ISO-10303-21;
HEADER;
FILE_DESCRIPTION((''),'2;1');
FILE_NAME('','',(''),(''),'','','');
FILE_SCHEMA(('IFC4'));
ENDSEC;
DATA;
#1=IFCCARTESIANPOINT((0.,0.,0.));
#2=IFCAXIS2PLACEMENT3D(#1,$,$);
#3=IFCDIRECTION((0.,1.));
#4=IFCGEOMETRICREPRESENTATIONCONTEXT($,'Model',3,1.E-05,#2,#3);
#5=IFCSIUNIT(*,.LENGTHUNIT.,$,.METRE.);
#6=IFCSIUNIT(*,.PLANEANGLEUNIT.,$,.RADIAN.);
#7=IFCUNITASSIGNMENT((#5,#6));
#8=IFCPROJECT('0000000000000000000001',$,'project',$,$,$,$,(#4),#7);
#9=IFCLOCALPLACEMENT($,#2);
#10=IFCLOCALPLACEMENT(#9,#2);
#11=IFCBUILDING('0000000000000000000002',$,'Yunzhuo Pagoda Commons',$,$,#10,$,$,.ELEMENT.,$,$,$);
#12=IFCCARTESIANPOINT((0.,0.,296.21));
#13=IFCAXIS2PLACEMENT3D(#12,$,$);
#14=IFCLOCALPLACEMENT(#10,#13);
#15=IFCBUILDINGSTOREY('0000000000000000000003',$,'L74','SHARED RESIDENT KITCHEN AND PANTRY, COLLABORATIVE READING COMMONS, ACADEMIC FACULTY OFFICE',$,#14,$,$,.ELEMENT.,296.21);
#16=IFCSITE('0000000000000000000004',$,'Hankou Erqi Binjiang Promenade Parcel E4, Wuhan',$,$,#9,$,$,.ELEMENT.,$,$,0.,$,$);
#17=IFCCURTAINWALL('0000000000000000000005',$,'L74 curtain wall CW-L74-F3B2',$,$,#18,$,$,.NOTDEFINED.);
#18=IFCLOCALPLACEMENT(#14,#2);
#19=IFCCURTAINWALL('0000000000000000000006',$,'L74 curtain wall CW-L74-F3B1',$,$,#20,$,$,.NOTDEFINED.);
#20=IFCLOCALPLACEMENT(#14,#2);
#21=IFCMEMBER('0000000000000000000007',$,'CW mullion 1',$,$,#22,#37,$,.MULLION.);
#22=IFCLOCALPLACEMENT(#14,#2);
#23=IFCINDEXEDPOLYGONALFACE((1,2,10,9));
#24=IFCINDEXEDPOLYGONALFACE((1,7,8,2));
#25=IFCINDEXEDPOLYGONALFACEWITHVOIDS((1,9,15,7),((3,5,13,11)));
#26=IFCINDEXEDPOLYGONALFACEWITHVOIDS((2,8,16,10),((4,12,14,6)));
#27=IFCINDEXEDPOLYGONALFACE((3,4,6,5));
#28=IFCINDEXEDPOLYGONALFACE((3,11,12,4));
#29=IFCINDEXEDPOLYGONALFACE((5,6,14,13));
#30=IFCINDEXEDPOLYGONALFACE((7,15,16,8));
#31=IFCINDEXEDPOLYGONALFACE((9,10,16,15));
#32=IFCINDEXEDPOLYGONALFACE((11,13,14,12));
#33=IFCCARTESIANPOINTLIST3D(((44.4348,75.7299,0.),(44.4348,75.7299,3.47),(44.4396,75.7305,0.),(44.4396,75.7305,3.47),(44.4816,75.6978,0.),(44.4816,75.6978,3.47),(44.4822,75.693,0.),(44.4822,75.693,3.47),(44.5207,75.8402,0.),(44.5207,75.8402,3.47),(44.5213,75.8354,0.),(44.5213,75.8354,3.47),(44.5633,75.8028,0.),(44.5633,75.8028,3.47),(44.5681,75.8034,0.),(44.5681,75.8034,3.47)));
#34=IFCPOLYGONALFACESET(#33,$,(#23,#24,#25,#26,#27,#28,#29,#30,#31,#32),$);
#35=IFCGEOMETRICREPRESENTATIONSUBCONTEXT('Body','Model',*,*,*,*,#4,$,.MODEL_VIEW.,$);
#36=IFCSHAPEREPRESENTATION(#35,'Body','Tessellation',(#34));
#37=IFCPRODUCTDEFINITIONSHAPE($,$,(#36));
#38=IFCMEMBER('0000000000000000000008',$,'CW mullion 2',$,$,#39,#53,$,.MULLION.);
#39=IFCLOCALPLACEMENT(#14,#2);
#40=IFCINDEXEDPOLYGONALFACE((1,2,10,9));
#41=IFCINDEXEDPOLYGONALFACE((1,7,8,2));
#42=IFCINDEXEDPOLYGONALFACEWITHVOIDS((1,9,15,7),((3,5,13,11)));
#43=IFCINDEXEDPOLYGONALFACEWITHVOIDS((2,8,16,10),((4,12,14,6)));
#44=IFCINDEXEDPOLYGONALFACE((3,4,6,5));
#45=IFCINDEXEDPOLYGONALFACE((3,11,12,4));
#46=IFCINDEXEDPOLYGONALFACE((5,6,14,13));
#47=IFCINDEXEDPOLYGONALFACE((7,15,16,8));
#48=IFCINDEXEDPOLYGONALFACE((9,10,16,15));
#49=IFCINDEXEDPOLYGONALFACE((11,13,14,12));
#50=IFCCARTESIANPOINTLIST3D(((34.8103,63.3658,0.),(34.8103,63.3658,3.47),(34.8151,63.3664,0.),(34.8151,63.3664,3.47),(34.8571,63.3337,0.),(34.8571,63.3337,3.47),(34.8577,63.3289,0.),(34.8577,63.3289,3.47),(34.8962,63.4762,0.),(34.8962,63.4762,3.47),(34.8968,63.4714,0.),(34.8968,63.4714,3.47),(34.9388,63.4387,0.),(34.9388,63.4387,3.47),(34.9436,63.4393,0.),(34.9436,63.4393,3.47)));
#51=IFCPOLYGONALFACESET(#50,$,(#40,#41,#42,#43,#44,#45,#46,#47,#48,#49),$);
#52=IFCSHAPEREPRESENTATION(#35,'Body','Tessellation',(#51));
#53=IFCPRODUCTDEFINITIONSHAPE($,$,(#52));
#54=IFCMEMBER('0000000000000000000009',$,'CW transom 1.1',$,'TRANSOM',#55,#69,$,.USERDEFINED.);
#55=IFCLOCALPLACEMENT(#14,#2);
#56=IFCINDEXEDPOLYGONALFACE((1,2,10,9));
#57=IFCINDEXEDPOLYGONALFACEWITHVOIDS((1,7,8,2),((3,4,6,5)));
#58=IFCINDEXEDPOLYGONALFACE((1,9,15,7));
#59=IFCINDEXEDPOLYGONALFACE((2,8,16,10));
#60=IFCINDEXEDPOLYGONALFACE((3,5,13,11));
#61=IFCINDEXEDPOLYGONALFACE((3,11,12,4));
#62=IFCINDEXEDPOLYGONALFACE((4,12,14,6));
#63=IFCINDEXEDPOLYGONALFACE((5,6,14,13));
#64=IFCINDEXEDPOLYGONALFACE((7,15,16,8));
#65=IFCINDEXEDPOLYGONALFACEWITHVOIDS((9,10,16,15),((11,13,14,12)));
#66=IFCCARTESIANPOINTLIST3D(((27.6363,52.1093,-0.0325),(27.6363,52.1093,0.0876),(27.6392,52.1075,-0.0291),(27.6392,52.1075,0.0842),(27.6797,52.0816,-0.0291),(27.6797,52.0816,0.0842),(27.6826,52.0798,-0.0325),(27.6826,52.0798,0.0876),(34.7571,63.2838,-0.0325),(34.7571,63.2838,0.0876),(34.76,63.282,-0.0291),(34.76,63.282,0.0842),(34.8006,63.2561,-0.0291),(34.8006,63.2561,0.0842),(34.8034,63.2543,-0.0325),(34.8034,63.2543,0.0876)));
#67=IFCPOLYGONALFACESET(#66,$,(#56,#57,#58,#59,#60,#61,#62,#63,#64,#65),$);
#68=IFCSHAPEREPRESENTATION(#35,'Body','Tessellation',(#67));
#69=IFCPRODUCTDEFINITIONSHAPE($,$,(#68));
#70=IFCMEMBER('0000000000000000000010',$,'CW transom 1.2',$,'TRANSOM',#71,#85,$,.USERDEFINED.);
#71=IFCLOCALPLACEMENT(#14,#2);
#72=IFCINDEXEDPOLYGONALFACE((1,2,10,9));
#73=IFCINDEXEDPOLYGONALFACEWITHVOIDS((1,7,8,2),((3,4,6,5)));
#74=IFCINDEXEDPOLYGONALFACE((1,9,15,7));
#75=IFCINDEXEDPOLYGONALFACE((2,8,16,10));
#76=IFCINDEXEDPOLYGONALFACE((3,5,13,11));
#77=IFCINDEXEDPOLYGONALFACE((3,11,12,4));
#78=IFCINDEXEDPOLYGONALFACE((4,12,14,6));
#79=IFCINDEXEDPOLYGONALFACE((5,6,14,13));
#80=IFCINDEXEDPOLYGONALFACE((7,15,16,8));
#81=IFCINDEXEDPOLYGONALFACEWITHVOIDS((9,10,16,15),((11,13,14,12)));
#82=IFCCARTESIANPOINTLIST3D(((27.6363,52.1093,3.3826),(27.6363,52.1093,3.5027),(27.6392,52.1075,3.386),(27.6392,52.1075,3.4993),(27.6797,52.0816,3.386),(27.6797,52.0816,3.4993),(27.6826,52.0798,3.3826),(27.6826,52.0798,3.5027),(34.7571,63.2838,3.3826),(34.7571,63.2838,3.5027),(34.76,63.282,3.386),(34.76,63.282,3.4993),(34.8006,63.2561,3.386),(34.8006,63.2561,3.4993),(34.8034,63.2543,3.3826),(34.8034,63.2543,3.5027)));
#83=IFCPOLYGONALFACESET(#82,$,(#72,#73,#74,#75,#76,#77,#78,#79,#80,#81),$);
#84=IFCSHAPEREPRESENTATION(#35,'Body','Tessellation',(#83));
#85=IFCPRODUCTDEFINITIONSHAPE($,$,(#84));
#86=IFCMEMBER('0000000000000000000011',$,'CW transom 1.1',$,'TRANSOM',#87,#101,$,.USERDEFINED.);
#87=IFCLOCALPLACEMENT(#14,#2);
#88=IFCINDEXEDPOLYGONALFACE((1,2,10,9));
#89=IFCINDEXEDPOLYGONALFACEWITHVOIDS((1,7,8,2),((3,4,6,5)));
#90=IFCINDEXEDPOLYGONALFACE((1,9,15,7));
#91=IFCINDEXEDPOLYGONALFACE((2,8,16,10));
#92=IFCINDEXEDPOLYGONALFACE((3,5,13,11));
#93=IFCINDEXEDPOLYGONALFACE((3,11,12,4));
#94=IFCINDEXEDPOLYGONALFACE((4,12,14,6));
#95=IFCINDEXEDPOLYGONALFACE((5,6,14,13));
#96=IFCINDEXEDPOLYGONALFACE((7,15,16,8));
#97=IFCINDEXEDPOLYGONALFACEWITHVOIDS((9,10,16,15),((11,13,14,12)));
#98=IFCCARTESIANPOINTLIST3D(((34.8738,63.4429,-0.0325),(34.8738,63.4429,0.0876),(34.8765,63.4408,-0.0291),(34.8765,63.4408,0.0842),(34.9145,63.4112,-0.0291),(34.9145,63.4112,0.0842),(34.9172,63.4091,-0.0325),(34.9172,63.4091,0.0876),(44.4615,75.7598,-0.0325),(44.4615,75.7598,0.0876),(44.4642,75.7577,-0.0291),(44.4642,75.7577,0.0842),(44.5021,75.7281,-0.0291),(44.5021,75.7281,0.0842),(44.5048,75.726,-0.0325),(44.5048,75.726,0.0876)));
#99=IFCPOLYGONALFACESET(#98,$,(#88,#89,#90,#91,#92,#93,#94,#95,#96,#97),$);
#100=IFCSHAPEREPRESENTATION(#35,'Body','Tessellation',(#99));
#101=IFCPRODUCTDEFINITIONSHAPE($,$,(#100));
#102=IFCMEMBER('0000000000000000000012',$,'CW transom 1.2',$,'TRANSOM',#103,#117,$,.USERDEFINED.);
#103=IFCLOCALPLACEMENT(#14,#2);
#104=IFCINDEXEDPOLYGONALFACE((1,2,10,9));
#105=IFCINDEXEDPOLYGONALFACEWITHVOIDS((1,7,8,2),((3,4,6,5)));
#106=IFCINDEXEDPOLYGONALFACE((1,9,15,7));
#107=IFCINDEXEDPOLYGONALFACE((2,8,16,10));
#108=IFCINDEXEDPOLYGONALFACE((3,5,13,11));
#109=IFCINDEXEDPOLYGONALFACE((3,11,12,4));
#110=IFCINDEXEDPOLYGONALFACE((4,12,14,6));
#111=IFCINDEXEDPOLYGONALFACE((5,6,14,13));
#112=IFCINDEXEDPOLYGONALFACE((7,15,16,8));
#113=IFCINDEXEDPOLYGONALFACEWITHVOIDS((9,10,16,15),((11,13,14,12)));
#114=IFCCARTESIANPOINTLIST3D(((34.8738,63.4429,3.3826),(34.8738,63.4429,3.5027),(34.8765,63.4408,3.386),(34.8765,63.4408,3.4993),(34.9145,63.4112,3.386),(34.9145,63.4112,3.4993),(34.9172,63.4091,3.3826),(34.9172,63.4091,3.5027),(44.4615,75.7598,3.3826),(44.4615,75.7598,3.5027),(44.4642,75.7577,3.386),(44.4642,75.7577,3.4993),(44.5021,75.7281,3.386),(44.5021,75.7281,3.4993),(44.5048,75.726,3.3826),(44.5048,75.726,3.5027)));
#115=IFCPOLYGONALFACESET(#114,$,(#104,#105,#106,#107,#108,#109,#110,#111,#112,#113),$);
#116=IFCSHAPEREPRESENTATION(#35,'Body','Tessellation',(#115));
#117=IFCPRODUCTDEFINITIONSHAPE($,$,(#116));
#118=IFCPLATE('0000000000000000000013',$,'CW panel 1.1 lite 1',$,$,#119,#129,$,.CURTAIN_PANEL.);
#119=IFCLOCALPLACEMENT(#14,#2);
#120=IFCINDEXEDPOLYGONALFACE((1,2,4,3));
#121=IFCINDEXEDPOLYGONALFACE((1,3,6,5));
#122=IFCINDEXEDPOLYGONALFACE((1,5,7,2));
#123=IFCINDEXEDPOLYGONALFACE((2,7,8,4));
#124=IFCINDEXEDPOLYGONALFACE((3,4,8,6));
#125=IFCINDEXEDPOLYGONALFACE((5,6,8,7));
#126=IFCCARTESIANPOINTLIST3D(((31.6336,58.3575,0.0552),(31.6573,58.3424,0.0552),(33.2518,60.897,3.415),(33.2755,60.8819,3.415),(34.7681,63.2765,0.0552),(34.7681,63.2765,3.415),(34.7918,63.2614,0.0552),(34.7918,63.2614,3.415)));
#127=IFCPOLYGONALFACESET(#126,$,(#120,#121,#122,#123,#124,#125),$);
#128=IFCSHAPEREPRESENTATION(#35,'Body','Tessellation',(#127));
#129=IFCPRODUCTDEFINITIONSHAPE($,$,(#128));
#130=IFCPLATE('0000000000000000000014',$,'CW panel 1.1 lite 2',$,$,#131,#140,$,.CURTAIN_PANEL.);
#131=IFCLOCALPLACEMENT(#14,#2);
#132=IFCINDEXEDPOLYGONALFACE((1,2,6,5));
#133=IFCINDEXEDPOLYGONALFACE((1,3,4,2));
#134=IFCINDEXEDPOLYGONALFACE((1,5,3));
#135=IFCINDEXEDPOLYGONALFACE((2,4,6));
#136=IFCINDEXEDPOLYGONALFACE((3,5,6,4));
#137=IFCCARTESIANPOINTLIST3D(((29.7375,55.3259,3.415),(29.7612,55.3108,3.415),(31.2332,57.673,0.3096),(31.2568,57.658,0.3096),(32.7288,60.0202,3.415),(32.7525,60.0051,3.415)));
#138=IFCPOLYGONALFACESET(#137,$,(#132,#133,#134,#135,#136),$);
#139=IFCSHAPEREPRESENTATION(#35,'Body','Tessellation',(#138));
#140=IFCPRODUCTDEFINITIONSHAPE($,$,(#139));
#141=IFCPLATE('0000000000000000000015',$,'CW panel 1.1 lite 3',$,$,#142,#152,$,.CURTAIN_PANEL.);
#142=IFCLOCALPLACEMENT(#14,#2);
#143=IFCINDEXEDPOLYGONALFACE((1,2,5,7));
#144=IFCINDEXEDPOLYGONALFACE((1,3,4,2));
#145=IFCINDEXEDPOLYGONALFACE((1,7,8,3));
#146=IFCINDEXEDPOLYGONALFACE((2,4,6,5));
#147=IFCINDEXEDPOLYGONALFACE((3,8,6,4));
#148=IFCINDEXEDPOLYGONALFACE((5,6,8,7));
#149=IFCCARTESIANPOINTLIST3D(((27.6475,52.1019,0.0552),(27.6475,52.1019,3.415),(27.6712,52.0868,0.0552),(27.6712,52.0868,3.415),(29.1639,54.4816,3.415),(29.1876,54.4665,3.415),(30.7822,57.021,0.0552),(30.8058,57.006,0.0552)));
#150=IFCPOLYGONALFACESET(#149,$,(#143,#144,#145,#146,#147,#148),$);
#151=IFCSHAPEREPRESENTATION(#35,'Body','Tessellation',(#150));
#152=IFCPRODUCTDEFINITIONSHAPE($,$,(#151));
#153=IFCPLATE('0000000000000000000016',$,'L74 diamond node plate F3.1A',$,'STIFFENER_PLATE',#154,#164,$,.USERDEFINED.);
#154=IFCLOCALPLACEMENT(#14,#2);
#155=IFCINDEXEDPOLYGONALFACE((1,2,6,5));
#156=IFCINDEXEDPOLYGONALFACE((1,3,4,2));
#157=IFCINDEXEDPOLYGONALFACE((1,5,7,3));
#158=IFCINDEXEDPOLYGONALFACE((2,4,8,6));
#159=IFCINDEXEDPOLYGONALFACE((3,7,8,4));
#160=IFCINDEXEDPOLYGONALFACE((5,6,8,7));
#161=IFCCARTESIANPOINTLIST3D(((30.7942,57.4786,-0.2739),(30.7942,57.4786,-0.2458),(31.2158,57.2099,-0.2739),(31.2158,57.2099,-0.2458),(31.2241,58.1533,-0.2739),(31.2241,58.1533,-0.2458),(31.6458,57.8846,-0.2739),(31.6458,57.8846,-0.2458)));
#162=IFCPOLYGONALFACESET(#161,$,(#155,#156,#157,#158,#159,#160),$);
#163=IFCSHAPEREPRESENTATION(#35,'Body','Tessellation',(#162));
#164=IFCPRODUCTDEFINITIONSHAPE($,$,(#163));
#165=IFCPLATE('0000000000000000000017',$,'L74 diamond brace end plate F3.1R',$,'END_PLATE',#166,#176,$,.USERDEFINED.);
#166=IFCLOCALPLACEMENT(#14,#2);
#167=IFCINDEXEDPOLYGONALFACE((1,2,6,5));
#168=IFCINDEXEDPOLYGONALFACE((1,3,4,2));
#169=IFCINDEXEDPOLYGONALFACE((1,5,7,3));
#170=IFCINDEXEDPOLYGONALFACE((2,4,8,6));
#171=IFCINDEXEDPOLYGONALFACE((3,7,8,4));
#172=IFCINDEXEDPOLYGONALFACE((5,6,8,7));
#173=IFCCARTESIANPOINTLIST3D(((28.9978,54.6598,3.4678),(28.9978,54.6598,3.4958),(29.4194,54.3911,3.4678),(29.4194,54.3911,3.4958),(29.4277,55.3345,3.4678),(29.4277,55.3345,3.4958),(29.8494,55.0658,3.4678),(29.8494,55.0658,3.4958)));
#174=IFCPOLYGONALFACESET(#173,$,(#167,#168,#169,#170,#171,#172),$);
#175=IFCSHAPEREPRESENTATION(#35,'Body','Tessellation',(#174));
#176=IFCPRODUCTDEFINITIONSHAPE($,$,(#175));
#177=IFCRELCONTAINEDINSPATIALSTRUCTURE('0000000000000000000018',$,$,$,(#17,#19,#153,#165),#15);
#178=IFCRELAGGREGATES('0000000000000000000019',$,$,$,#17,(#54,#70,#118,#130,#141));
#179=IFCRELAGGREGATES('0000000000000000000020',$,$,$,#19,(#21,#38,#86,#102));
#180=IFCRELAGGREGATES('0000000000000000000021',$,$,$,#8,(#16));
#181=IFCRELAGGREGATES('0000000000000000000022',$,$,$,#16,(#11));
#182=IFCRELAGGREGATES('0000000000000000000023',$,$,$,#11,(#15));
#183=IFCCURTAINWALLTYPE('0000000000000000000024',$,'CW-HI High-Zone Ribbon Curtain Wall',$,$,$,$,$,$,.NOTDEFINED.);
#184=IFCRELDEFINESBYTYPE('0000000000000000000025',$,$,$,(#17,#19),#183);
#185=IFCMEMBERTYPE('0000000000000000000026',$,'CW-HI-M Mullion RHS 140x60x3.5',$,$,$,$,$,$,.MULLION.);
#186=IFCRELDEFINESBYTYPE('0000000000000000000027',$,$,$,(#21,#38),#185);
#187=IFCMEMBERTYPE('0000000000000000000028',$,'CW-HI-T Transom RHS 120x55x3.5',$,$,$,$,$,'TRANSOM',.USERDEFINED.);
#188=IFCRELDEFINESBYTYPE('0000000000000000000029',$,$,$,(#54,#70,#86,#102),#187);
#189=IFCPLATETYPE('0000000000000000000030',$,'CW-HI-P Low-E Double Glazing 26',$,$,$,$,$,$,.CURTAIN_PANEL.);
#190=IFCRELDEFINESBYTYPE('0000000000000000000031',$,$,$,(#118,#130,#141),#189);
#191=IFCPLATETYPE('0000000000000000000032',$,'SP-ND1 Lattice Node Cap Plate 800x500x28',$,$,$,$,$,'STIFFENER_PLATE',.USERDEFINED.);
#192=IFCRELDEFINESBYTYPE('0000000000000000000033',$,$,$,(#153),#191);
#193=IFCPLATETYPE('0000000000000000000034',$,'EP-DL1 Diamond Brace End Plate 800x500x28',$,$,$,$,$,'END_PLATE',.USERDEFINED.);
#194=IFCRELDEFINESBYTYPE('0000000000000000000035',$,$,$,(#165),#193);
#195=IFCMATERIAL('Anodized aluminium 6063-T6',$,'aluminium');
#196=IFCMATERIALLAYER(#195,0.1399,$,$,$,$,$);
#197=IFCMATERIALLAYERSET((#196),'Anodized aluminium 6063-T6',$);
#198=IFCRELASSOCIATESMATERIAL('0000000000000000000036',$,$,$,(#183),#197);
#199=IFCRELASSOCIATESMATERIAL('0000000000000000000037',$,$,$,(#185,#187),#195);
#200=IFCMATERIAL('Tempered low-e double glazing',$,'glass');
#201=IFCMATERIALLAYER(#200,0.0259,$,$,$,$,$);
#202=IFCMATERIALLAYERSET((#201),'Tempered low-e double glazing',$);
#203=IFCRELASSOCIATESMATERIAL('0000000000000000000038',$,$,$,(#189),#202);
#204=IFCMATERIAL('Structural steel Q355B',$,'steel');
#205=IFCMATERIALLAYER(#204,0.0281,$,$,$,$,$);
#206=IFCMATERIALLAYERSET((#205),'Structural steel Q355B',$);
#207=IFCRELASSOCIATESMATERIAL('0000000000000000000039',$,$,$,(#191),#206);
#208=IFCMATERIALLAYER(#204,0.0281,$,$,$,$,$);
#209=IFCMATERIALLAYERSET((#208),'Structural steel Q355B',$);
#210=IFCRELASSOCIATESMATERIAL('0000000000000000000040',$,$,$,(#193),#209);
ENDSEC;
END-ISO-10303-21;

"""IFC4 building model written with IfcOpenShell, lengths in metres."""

from ifc_helpers import new_model, si_unit, direction, frame, origin, origin_2d, place, context, subcontext, project, spatial, polyline, rectangle, hollow_rectangle, outline, extrude, source, transform, mapped, material, layer, layer_set, material_profile, profile_set, type_object, element, aggregate, save


model = new_model("IFC4")

# Units and contexts
model_context = context("Model", 3, precision=1e-05, world=origin(), true_north=direction((0.0, 1.0)))
body_context = subcontext(model_context, "Body", "Model", "MODEL_VIEW")
ifc_project = project(units=[si_unit("LENGTHUNIT", "METRE"), si_unit("PLANEANGLEUNIT", "RADIAN")], contexts=[model_context])

# Site, building, storey
site_placement = place(None, origin())
site = spatial("IfcSite", under=ifc_project, at=site_placement, Name="Hankou Erqi Binjiang Promenade Parcel E4, Wuhan", CompositionType="ELEMENT", RefElevation=0.0)
building_placement = place(site_placement, origin())
building = spatial("IfcBuilding", under=site, at=building_placement, Name="Yunzhuo Pagoda Commons", CompositionType="ELEMENT")
storey_placement = place(building_placement, frame((0.0, 0.0, 296.21)))
storey = spatial("IfcBuildingStorey", under=building, at=storey_placement, Name="L74", Description="SHARED RESIDENT KITCHEN AND PANTRY, COLLABORATIVE READING COMMONS, ACADEMIC FACULTY OFFICE", CompositionType="ELEMENT", Elevation=296.21)

# Shared definitions
ifc_material_1 = material(Name="Structural steel Q355B", Category="steel")

# Curtain wall
ifc_material_2 = material(Name="Anodized aluminium 6063-T6", Category="aluminium")
ifc_layer_1 = layer(ifc_material_2, 0.1399)
ifc_layer_set_1 = layer_set([ifc_layer_1], Name="Anodized aluminium 6063-T6")
curtain_wall_type = type_object("IfcCurtainWallType", Name="CW-HI High-Zone Ribbon Curtain Wall", PredefinedType="NOTDEFINED", material=ifc_layer_set_1)
curtain_wall_1_placement = place(storey_placement, origin())
curtain_wall_1 = element("IfcCurtainWall", 1, at=curtain_wall_1_placement, inside=storey, type_object=curtain_wall_type, Name="L74 curtain wall CW-L74-F3B2", PredefinedType="NOTDEFINED")
ifc_material_profile_1 = material_profile(ifc_material_2, hollow_rectangle(XDim=0.0601, YDim=0.1399, WallThickness=0.0034, at=origin_2d()), Name="Anodized aluminium 6063-T6")
ifc_profile_set_1 = profile_set([ifc_material_profile_1], Name="Anodized aluminium 6063-T6")
member_type_1 = type_object("IfcMemberType", Name="CW-HI-M Mullion RHS 140x60x3.5", PredefinedType="MULLION", material=ifc_profile_set_1)
shared_shape_1 = source(origin(), body_context, "Body", "SweptSolid", [
    extrude(hollow_rectangle(XDim=0.0601, YDim=0.1399, WallThickness=0.0034, at=origin_2d()), origin(), (0.0, 0.0, 1.0), 3.47),
])

# Curtain wall, members
curtain_wall_2_placement = place(storey_placement, origin())
curtain_wall_2 = element("IfcCurtainWall", 2, at=curtain_wall_2_placement, inside=storey, type_object=curtain_wall_type, Name="L74 curtain wall CW-L74-F3B1", PredefinedType="NOTDEFINED")
member_1_placement = place(storey_placement, frame((44.5015, 75.7666, 0.0), z_axis=(0.0, 0.0, 1.0), x_axis=(0.789103, -0.614261, 0.0)))
member_1 = element("IfcMember", 3, at=member_1_placement, type_object=member_type_1, Name="CW mullion 1", PredefinedType="MULLION", context=body_context, shape_type="MappedRepresentation", body=[
    mapped(shared_shape_1, transform((0.0, 0.0, 0.0), scale=1.0)),
])
member_2_placement = place(storey_placement, frame((34.877, 63.4026, 0.0), z_axis=(0.0, 0.0, 1.0), x_axis=(0.789103, -0.614261, 0.0)))
member_2 = element("IfcMember", 4, at=member_2_placement, type_object=member_type_1, Name="CW mullion 2", PredefinedType="MULLION", context=body_context, shape_type="MappedRepresentation", body=[
    mapped(shared_shape_1, transform((0.0, 0.0, 0.0), scale=1.0)),
])

# Members
ifc_material_profile_2 = material_profile(ifc_material_2, hollow_rectangle(XDim=0.0549, YDim=0.1201, WallThickness=0.0034, at=origin_2d()), Name="Anodized aluminium 6063-T6")
ifc_profile_set_2 = profile_set([ifc_material_profile_2], Name="Anodized aluminium 6063-T6")
member_type_2 = type_object("IfcMemberType", Name="CW-HI-T Transom RHS 120x55x3.5", ElementType="TRANSOM", PredefinedType="USERDEFINED", material=ifc_profile_set_2)
shared_shape_2 = source(origin(), body_context, "Body", "SweptSolid", [
    extrude(hollow_rectangle(XDim=0.0549, YDim=0.1201, WallThickness=0.0034, at=origin_2d()), origin(), (0.0, 0.0, 1.0), 13.2505),
])
member_3_placement = place(storey_placement, frame((34.7803, 63.269, 0.0276), z_axis=(-0.5374, -0.843328, 0.0), x_axis=(0.843328, -0.5374, 0.0)))
member_3 = element("IfcMember", 5, at=member_3_placement, type_object=member_type_2, Name="CW transom 1.1", ObjectType="TRANSOM", PredefinedType="USERDEFINED", context=body_context, shape_type="MappedRepresentation", body=[
    mapped(shared_shape_2, transform((0.0, 0.0, 0.0), scale=1.0)),
])
member_4_placement = place(storey_placement, frame((34.7803, 63.269, 3.4426), z_axis=(-0.5374, -0.843328, 0.0), x_axis=(0.843328, -0.5374, 0.0)))
member_4 = element("IfcMember", 6, at=member_4_placement, type_object=member_type_2, Name="CW transom 1.2", ObjectType="TRANSOM", PredefinedType="USERDEFINED", context=body_context, shape_type="MappedRepresentation", body=[
    mapped(shared_shape_2, transform((0.0, 0.0, 0.0), scale=1.0)),
])
shared_shape_3 = source(origin(), body_context, "Body", "SweptSolid", [
    extrude(hollow_rectangle(XDim=0.0549, YDim=0.1201, WallThickness=0.0034, at=origin_2d()), origin(), (0.0, 0.0, 1.0), 15.6086),
])
member_5_placement = place(storey_placement, frame((44.4832, 75.7429, 0.0276), z_axis=(-0.614254, -0.789109, 0.0), x_axis=(0.789109, -0.614254, 0.0)))
member_5 = element("IfcMember", 7, at=member_5_placement, type_object=member_type_2, Name="CW transom 1.1", ObjectType="TRANSOM", PredefinedType="USERDEFINED", context=body_context, shape_type="MappedRepresentation", body=[
    mapped(shared_shape_3, transform((0.0, 0.0, 0.0), scale=1.0)),
])
member_6_placement = place(storey_placement, frame((44.4832, 75.7429, 3.4426), z_axis=(-0.614254, -0.789109, 0.0), x_axis=(0.789109, -0.614254, 0.0)))
member_6 = element("IfcMember", 8, at=member_6_placement, type_object=member_type_2, Name="CW transom 1.2", ObjectType="TRANSOM", PredefinedType="USERDEFINED", context=body_context, shape_type="MappedRepresentation", body=[
    mapped(shared_shape_3, transform((0.0, 0.0, 0.0), scale=1.0)),
])

# Plates
ifc_material_3 = material(Name="Tempered low-e double glazing", Category="glass")
ifc_layer_2 = layer(ifc_material_3, 0.0259)
ifc_layer_set_2 = layer_set([ifc_layer_2], Name="Tempered low-e double glazing")
plate_type_1 = type_object("IfcPlateType", Name="CW-HI-P Low-E Double Glazing 26", PredefinedType="CURTAIN_PANEL", material=ifc_layer_set_2)
plate_1_placement = place(storey_placement, frame((33.2246, 60.802, 1.7351), z_axis=(-0.84333, 0.537397, 0.0), x_axis=(-0.537397, -0.84333, 0.0)))
plate_1 = element("IfcPlate", 9, at=plate_1_placement, type_object=plate_type_1, Name="CW panel 1.1 lite 1", PredefinedType="CURTAIN_PANEL", context=body_context, shape_type="SweptSolid", body=[
    extrude(outline(polyline([(-2.9163, -1.6799), (2.9165, -1.6799), (-0.0947, 1.6799), (-2.9163, 1.6799), (-2.9163, -1.6799)])), origin(), (0.0, 0.0, 1.0), 0.0281),
])
plate_2_placement = place(storey_placement, frame((31.2568, 57.658, 1.8623), z_axis=(-0.84333, 0.537397, 0.0), x_axis=(-0.537397, -0.84333, 0.0)))
plate_2 = element("IfcPlate", 10, at=plate_2_placement, type_object=plate_type_1, Name="CW panel 1.1 lite 2", PredefinedType="CURTAIN_PANEL", context=body_context, shape_type="SweptSolid", body=[
    extrude(outline(polyline([(-2.7832, 1.5527), (0.0, -1.5527), (2.7832, 1.5527), (-2.7832, 1.5527)])), origin(), (0.0, 0.0, 1.0), 0.0281),
])
plate_3_placement = place(storey_placement, frame((29.2385, 54.5464, 1.7351), z_axis=(-0.84333, 0.537397, 0.0), x_axis=(-0.537397, -0.84333, 0.0)))
plate_3 = element("IfcPlate", 11, at=plate_3_placement, type_object=plate_type_1, Name="CW panel 1.1 lite 3", PredefinedType="CURTAIN_PANEL", context=body_context, shape_type="SweptSolid", body=[
    extrude(outline(polyline([(-2.9165, -1.6799), (2.9165, -1.6799), (2.9165, 1.6799), (0.0947, 1.6799), (-2.9165, -1.6799)])), origin(), (0.0, 0.0, 1.0), 0.0281),
])
aggregate(curtain_wall_1, [member_3, member_4, plate_1, plate_2, plate_3])

# Plates
ifc_layer_3 = layer(ifc_material_1, 0.0281)
ifc_layer_set_3 = layer_set([ifc_layer_3], Name="Structural steel Q355B")
plate_type_2 = type_object("IfcPlateType", Name="SP-ND1 Lattice Node Cap Plate 800x500x28", ElementType="STIFFENER_PLATE", PredefinedType="USERDEFINED", material=ifc_layer_set_3)
shared_shape_4 = source(origin(), body_context, "Body", "SweptSolid", [
    extrude(rectangle(XDim=0.8, YDim=0.5, at=origin_2d()), origin(), (0.0, 0.0, 1.0), 0.0281),
])
plate_4_placement = place(storey_placement, frame((31.22, 57.6816, -0.2739), z_axis=(0.0, 0.0, 1.0), x_axis=(-0.537403, -0.843326, 0.0)))
element("IfcPlate", 12, at=plate_4_placement, inside=storey, type_object=plate_type_2, Name="L74 diamond node plate F3.1A", ObjectType="STIFFENER_PLATE", PredefinedType="USERDEFINED", context=body_context, shape_type="MappedRepresentation", body=[
    mapped(shared_shape_4, transform((0.0, 0.0, 0.0), scale=1.0)),
])
ifc_layer_4 = layer(ifc_material_1, 0.0281)
ifc_layer_set_4 = layer_set([ifc_layer_4], Name="Structural steel Q355B")
plate_type_3 = type_object("IfcPlateType", Name="EP-DL1 Diamond Brace End Plate 800x500x28", ElementType="END_PLATE", PredefinedType="USERDEFINED", material=ifc_layer_set_4)
plate_5_placement = place(storey_placement, frame((29.4236, 54.8628, 3.4678), z_axis=(0.0, 0.0, 1.0), x_axis=(-0.537403, -0.843326, 0.0)))
element("IfcPlate", 13, at=plate_5_placement, inside=storey, type_object=plate_type_3, Name="L74 diamond brace end plate F3.1R", ObjectType="END_PLATE", PredefinedType="USERDEFINED", context=body_context, shape_type="MappedRepresentation", body=[
    mapped(shared_shape_4, transform((0.0, 0.0, 0.0), scale=1.0)),
])

aggregate(curtain_wall_2, [member_1, member_2, member_5, member_6])

save(model, "model.ifc")
